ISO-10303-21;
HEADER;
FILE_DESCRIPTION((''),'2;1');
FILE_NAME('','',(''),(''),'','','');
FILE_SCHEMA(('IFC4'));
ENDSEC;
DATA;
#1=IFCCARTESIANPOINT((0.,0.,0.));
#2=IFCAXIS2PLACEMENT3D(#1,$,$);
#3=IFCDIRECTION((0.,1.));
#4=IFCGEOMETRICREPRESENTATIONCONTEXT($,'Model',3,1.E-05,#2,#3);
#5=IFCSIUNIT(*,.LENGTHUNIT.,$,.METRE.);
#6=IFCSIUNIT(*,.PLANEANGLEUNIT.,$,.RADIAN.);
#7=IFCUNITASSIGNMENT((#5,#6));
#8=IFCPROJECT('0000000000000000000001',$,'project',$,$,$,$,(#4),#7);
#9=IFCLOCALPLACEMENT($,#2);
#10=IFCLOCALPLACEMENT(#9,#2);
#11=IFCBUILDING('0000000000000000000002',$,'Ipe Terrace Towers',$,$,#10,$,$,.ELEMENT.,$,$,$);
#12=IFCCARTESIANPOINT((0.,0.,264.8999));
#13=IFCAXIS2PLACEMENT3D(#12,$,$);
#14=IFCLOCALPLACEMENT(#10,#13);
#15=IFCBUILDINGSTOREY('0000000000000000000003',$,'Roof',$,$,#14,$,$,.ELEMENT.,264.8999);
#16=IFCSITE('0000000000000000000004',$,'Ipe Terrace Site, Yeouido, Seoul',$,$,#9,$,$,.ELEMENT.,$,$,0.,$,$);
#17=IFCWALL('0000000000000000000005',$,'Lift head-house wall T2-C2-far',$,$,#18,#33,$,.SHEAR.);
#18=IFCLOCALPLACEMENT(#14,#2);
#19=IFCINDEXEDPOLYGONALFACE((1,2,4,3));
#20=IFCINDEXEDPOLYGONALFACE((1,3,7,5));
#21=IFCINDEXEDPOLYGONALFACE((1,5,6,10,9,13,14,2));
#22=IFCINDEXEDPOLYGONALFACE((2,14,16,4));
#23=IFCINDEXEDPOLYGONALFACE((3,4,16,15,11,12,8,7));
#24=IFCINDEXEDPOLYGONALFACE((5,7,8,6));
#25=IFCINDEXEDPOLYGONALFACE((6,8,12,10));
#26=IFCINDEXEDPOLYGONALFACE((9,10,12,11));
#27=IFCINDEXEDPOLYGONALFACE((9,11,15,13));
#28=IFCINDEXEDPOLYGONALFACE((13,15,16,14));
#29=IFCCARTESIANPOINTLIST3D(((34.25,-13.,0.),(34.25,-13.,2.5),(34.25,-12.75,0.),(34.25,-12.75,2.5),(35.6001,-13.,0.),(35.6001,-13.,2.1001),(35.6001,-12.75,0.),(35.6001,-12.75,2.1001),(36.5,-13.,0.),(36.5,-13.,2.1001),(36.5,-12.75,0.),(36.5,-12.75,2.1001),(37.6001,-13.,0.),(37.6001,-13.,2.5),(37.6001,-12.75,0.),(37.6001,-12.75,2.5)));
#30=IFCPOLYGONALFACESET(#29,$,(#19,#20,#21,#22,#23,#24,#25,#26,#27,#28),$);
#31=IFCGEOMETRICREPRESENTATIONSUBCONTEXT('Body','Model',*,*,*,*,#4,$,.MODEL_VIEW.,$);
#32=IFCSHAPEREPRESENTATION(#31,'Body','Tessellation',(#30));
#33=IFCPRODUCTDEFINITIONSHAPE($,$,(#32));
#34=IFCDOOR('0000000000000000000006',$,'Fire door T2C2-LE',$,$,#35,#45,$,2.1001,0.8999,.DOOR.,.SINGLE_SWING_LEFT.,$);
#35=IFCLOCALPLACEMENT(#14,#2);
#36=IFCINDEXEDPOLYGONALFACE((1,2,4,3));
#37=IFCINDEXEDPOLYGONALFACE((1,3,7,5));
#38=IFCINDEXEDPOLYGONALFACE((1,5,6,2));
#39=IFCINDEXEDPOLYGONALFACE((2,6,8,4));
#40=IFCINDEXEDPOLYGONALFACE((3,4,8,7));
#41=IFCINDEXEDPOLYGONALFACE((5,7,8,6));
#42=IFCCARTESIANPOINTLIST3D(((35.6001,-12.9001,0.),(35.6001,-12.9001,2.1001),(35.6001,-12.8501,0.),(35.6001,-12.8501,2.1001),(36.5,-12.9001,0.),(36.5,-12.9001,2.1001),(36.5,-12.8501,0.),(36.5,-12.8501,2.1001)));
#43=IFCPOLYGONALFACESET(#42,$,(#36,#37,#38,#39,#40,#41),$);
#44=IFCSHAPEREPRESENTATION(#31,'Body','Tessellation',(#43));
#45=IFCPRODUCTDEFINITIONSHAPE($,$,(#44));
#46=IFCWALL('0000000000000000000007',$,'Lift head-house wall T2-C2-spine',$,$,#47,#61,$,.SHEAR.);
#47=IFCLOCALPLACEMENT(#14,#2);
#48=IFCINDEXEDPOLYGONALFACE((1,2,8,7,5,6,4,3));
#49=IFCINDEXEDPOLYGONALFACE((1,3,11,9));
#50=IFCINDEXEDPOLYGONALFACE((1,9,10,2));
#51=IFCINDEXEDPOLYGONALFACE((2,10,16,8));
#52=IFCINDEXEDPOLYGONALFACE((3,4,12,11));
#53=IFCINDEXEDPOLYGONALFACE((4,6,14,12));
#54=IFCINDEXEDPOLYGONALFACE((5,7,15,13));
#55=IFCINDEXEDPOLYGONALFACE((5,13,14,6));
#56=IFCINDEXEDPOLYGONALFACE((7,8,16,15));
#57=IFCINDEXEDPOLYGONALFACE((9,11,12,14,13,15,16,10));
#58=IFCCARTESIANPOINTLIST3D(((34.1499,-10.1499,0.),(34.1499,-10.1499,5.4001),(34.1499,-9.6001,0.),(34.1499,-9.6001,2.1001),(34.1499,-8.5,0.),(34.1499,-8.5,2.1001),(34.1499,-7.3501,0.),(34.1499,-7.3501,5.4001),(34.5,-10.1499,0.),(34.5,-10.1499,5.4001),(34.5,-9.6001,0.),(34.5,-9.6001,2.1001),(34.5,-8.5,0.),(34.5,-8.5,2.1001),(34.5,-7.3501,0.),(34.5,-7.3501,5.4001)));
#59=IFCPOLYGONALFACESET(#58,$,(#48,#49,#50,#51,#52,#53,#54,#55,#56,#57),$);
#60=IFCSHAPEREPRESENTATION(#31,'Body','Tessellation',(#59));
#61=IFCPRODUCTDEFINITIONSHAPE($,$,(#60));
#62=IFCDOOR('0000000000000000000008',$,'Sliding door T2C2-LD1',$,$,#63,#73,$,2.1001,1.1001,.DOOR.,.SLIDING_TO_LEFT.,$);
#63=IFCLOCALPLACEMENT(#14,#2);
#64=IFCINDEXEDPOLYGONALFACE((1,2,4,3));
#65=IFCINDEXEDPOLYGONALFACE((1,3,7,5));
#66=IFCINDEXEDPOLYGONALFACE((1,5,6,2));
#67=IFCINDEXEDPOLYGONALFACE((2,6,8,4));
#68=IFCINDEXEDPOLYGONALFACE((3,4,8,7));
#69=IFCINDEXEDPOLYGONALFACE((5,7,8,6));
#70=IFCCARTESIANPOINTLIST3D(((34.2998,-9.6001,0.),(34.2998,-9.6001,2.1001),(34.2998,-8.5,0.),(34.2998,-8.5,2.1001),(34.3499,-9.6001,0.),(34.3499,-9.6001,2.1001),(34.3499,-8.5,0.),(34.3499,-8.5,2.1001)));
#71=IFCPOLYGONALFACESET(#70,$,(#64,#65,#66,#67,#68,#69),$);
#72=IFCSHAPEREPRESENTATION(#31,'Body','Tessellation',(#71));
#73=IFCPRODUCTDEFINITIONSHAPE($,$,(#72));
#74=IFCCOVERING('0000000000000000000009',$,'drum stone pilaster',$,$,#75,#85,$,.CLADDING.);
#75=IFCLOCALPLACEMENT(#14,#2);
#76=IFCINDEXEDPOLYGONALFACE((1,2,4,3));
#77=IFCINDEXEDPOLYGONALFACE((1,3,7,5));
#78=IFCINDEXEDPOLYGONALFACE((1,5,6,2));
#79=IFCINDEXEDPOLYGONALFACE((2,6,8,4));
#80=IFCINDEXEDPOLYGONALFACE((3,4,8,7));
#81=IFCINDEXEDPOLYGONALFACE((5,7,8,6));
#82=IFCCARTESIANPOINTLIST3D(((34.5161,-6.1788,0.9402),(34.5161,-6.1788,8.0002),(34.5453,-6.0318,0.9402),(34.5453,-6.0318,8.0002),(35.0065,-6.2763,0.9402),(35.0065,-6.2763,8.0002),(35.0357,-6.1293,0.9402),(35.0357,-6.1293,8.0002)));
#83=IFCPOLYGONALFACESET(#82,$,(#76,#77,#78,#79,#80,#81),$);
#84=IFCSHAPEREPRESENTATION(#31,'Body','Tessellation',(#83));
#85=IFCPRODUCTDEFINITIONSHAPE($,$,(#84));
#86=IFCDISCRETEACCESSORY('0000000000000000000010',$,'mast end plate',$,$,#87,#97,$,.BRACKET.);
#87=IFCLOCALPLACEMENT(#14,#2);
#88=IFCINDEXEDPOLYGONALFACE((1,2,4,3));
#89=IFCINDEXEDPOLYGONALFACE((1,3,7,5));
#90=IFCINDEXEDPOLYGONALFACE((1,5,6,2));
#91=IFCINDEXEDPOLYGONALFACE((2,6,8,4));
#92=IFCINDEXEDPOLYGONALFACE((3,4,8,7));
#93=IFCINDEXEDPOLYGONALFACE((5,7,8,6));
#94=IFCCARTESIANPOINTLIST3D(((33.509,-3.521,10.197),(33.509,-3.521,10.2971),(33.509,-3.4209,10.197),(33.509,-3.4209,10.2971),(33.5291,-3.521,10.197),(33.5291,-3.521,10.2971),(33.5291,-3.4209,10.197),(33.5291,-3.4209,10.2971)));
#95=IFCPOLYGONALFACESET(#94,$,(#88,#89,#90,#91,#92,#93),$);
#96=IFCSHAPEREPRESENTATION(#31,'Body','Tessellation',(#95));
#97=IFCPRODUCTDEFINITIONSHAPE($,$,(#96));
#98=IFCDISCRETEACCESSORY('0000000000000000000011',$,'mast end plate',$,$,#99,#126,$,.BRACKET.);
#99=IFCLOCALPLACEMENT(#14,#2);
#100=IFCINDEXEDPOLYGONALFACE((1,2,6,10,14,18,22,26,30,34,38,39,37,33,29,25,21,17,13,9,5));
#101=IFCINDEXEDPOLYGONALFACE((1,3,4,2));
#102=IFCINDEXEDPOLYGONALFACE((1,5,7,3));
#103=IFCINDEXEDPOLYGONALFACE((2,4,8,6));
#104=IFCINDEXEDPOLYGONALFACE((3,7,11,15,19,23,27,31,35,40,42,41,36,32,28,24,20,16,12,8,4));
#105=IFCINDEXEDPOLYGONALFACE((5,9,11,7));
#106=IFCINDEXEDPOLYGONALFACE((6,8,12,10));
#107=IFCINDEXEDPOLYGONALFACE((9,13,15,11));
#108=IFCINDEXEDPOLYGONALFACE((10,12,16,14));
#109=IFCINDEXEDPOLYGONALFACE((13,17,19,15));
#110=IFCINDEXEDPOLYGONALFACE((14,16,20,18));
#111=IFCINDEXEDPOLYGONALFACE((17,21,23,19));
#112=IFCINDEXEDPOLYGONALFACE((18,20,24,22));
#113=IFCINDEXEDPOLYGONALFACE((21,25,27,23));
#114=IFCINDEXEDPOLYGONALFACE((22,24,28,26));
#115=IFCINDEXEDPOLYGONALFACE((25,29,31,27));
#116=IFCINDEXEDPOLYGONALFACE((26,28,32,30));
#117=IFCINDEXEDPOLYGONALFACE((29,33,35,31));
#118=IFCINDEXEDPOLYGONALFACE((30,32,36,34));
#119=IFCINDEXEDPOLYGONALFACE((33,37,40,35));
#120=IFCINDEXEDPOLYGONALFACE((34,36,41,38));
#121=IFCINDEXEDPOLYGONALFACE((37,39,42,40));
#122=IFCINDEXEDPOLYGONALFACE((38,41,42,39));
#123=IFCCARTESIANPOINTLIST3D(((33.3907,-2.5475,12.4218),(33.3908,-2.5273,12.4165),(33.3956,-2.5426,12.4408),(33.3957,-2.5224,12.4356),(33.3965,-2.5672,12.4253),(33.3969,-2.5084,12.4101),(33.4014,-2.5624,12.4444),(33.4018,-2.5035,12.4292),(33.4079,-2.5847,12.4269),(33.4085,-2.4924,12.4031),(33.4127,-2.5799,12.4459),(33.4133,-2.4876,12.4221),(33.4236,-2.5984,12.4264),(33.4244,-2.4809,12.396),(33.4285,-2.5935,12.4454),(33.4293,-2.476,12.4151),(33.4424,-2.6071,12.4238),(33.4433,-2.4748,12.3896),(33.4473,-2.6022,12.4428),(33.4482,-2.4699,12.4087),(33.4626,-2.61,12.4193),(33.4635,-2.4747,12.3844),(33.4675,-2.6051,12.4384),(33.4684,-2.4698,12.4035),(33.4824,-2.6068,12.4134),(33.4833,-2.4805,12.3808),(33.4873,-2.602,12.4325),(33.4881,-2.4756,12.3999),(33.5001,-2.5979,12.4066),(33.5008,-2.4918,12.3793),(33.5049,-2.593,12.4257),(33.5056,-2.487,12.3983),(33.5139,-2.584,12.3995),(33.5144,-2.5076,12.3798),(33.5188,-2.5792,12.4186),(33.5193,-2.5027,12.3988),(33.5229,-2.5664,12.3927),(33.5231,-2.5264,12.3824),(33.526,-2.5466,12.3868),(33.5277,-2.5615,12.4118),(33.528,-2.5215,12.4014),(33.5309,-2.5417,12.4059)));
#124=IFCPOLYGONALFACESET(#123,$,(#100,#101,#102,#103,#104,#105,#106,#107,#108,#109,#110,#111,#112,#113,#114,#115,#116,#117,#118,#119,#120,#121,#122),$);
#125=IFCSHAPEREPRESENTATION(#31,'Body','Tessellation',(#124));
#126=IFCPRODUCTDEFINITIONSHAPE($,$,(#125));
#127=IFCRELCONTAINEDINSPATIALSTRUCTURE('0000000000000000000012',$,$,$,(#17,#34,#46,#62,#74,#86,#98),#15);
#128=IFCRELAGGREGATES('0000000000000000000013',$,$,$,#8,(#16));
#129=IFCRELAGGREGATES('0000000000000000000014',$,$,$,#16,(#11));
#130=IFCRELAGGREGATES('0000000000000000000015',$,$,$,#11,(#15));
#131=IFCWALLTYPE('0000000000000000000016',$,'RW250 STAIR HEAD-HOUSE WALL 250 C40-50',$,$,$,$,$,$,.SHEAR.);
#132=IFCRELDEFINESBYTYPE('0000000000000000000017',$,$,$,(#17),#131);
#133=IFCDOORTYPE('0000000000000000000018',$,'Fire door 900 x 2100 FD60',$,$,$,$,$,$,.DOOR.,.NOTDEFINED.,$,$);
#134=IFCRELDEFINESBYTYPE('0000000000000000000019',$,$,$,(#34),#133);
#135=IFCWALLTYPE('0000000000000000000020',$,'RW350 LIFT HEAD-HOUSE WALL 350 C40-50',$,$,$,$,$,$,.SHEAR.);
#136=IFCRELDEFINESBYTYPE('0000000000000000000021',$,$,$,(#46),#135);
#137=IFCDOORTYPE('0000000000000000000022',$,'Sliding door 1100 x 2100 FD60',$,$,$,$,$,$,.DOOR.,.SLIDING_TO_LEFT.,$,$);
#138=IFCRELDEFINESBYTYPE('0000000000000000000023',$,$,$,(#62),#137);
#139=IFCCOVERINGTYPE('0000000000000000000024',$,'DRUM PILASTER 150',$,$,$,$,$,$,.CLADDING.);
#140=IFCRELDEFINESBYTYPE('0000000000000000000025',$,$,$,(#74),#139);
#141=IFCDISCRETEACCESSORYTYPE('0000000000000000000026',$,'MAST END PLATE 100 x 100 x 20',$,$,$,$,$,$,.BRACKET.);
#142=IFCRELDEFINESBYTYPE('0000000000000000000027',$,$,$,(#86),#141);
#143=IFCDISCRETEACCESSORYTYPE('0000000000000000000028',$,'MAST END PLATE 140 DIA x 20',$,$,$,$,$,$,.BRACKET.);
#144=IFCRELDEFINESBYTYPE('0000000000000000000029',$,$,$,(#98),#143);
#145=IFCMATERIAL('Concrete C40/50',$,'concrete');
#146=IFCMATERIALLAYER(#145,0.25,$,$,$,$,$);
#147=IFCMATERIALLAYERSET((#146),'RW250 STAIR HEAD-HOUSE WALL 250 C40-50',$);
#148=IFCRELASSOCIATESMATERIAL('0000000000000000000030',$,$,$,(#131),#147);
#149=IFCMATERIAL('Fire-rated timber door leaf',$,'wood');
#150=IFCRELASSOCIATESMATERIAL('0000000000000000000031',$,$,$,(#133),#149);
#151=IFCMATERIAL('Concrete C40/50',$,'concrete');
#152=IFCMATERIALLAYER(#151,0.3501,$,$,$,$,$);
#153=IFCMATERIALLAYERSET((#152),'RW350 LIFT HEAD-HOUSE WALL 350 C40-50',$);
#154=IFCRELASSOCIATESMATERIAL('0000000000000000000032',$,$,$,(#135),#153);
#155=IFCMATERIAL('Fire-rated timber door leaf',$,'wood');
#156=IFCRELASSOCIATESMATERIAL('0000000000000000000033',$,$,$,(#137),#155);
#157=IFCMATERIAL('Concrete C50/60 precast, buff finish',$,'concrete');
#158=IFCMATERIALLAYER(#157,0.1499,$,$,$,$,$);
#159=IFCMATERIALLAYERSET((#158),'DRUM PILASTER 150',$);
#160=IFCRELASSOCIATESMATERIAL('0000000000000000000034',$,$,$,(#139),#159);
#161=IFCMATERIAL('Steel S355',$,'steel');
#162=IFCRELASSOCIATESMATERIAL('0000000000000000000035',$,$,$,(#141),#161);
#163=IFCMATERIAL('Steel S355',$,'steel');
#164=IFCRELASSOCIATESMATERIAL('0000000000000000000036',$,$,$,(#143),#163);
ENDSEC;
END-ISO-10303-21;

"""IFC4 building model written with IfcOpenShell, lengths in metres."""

from ifc_helpers import new_model, si_unit, direction, frame, frame_2d, origin, origin_2d, place, context, subcontext, project, spatial, rectangle, circle, extrude, material, layer, layer_set, material_profile, profile_set, type_object, element, fill, save


model = new_model("IFC4")

# Units and contexts
model_context = context("Model", 3, precision=1e-05, world=origin(), true_north=direction((0.0, 1.0)))
body_context = subcontext(model_context, "Body", "Model", "MODEL_VIEW")
ifc_project = project(units=[si_unit("LENGTHUNIT", "METRE"), si_unit("PLANEANGLEUNIT", "RADIAN")], contexts=[model_context])

# Site, building, storey
site_placement = place(None, origin())
site = spatial("IfcSite", under=ifc_project, at=site_placement, Name="Ipe Terrace Site, Yeouido, Seoul", CompositionType="ELEMENT", RefElevation=0.0)
building_placement = place(site_placement, origin())
building = spatial("IfcBuilding", under=site, at=building_placement, Name="Ipe Terrace Towers", CompositionType="ELEMENT")
storey_placement = place(building_placement, frame((0.0, 0.0, 264.8999)))
storey = spatial("IfcBuildingStorey", under=building, at=storey_placement, Name="Roof", CompositionType="ELEMENT", Elevation=264.8999)

# Shared definitions
ifc_material_1 = material(Name="Concrete C40/50", Category="concrete")
ifc_layer_1 = layer(ifc_material_1, 0.25)
ifc_layer_set_1 = layer_set([ifc_layer_1], Name="RW250 STAIR HEAD-HOUSE WALL 250 C40-50")
wall_type_1 = type_object("IfcWallType", Name="RW250 STAIR HEAD-HOUSE WALL 250 C40-50", PredefinedType="SHEAR", material=ifc_layer_set_1)

# Walls, openings, doors
wall_1_placement = place(storey_placement, frame((34.25, -12.875, 0.0), z_axis=(0.0, 0.0, 1.0), x_axis=(1.0, 0.0, 0.0)))
wall_1 = element("IfcWall", 1, at=wall_1_placement, inside=storey, type_object=wall_type_1, Name="Lift head-house wall T2-C2-far", PredefinedType="SHEAR", context=body_context, shape_type="SweptSolid", body=[
    extrude(rectangle(XDim=3.3501, YDim=0.25, at=frame_2d((1.675, 0.0))), origin(), (0.0, 0.0, 1.0), 2.5),
])
opening_1_placement = place(wall_1_placement, frame((1.3501, 0.0, 0.0)))
opening_1 = element("IfcOpeningElement", 2, at=opening_1_placement, cuts=wall_1, PredefinedType="OPENING", context=body_context, shape_type="SweptSolid", body=[
    extrude(rectangle(XDim=0.8999, YDim=2.1001, at=frame_2d((0.45, 1.05))), frame((0.0, 0.135, 0.0), z_axis=(0.0, -1.0, 0.0), x_axis=(1.0, 0.0, 0.0)), (0.0, 0.0, 1.0), 0.27),
])
ifc_material_2 = material(Name="Fire-rated timber door leaf", Category="wood")
door_type_1 = type_object("IfcDoorType", Name="Fire door 900 x 2100 FD60", OperationType="NOTDEFINED", PredefinedType="DOOR", material=ifc_material_2)
door_1_placement = place(opening_1_placement, origin())
door_1 = element("IfcDoor", 3, at=door_1_placement, inside=storey, type_object=door_type_1, Name="Fire door T2C2-LE", OperationType="SINGLE_SWING_LEFT", OverallHeight=2.1001, OverallWidth=0.8999, PredefinedType="DOOR", context=body_context, shape_type="SweptSolid", body=[
    extrude(rectangle(XDim=0.8999, YDim=2.1001, at=frame_2d((0.45, 1.05))), frame((0.0, 0.0249, 0.0), z_axis=(0.0, -1.0, 0.0), x_axis=(1.0, 0.0, 0.0)), (0.0, 0.0, 1.0), 0.05),
])
fill(opening_1, door_1)
ifc_material_3 = material(Name="Concrete C40/50", Category="concrete")
ifc_layer_2 = layer(ifc_material_3, 0.3501)
ifc_layer_set_2 = layer_set([ifc_layer_2], Name="RW350 LIFT HEAD-HOUSE WALL 350 C40-50")
wall_type_2 = type_object("IfcWallType", Name="RW350 LIFT HEAD-HOUSE WALL 350 C40-50", PredefinedType="SHEAR", material=ifc_layer_set_2)
wall_2_placement = place(storey_placement, frame((34.325, -7.3501, 0.0), z_axis=(0.0, 0.0, 1.0), x_axis=(0.0, -1.0, 0.0)))
wall_2 = element("IfcWall", 4, at=wall_2_placement, inside=storey, type_object=wall_type_2, Name="Lift head-house wall T2-C2-spine", PredefinedType="SHEAR", context=body_context, shape_type="SweptSolid", body=[
    extrude(rectangle(XDim=2.7998, YDim=0.3501, at=frame_2d((1.3999, 0.0))), origin(), (0.0, 0.0, 1.0), 5.4001),
])
opening_2_placement = place(wall_2_placement, frame((1.1499, 0.0, 0.0)))
opening_2 = element("IfcOpeningElement", 5, at=opening_2_placement, cuts=wall_2, PredefinedType="OPENING", context=body_context, shape_type="SweptSolid", body=[
    extrude(rectangle(XDim=1.1001, YDim=2.1001, at=frame_2d((0.55, 1.05))), frame((0.0, 0.1851, 0.0), z_axis=(0.0, -1.0, 0.0), x_axis=(1.0, 0.0, 0.0)), (0.0, 0.0, 1.0), 0.3701),
])
ifc_material_4 = material(Name="Fire-rated timber door leaf", Category="wood")
door_type_2 = type_object("IfcDoorType", Name="Sliding door 1100 x 2100 FD60", OperationType="SLIDING_TO_LEFT", PredefinedType="DOOR", material=ifc_material_4)
door_2_placement = place(opening_2_placement, origin())
door_2 = element("IfcDoor", 6, at=door_2_placement, inside=storey, type_object=door_type_2, Name="Sliding door T2C2-LD1", OperationType="SLIDING_TO_LEFT", OverallHeight=2.1001, OverallWidth=1.1001, PredefinedType="DOOR", context=body_context, shape_type="SweptSolid", body=[
    extrude(rectangle(XDim=1.1001, YDim=2.1001, at=frame_2d((0.55, 1.05))), frame((0.0, 0.0249, 0.0), z_axis=(0.0, -1.0, 0.0), x_axis=(1.0, 0.0, 0.0)), (0.0, 0.0, 1.0), 0.05),
])
fill(opening_2, door_2)

# Covering
ifc_material_5 = material(Name="Concrete C50/60 precast, buff finish", Category="concrete")
ifc_layer_3 = layer(ifc_material_5, 0.1499)
ifc_layer_set_3 = layer_set([ifc_layer_3], Name="DRUM PILASTER 150")
covering_type = type_object("IfcCoveringType", Name="DRUM PILASTER 150", PredefinedType="CLADDING", material=ifc_layer_set_3)
covering_placement = place(storey_placement, frame((34.7759, -6.1541, 0.9402), z_axis=(0.0, 0.0, 1.0), x_axis=(-0.19509, -0.980785, 0.0)))
element("IfcCovering", 7, at=covering_placement, inside=storey, type_object=covering_type, Name="drum stone pilaster", PredefinedType="CLADDING", context=body_context, shape_type="SweptSolid", body=[
    extrude(rectangle(XDim=0.1499, YDim=0.5, at=origin_2d()), origin(), (0.0, 0.0, 1.0), 7.0601),
])

# Discrete accessories
ifc_material_6 = material(Name="Steel S355", Category="steel")
ifc_material_profile_1 = material_profile(ifc_material_6, rectangle(XDim=0.1001, YDim=0.1001, at=origin_2d()), Name="MAST END PLATE 100 x 100 x 20")
ifc_profile_set_1 = profile_set([ifc_material_profile_1], Name="Steel S355")
discrete_accessory_type_1 = type_object("IfcDiscreteAccessoryType", Name="MAST END PLATE 100 x 100 x 20", PredefinedType="BRACKET", material=ifc_profile_set_1)
discrete_accessory_1_placement = place(storey_placement, frame((33.5291, -3.4709, 10.2471), z_axis=(-1.0, 0.0, 0.0), x_axis=(0.0, -1.0, 0.0)))
element("IfcDiscreteAccessory", 8, at=discrete_accessory_1_placement, inside=storey, type_object=discrete_accessory_type_1, Name="mast end plate", PredefinedType="BRACKET", context=body_context, shape_type="SweptSolid", body=[
    extrude(rectangle(XDim=0.1001, YDim=0.1001, at=origin_2d()), origin(), (0.0, 0.0, 1.0), 0.02),
])
ifc_material_7 = material(Name="Steel S355", Category="steel")
ifc_material_profile_2 = material_profile(ifc_material_7, circle(Radius=0.0701, at=origin_2d()), Name="MAST END PLATE 140 DIA x 20")
ifc_profile_set_2 = profile_set([ifc_material_profile_2], Name="Steel S355")
discrete_accessory_type_2 = type_object("IfcDiscreteAccessoryType", Name="MAST END PLATE 140 DIA x 20", PredefinedType="BRACKET", material=ifc_profile_set_2)
discrete_accessory_2_placement = place(storey_placement, frame((33.458, -2.542, 12.4031), z_axis=(0.241051, 0.241051, 0.9401), x_axis=(-0.707107, 0.707107, 0.0)))
element("IfcDiscreteAccessory", 9, at=discrete_accessory_2_placement, inside=storey, type_object=discrete_accessory_type_2, Name="mast end plate", PredefinedType="BRACKET", context=body_context, shape_type="SweptSolid", body=[
    extrude(circle(Radius=0.0701, at=origin_2d()), origin(), (0.0, 0.0, 1.0), 0.0203),
])

save(model, "model.ifc")
